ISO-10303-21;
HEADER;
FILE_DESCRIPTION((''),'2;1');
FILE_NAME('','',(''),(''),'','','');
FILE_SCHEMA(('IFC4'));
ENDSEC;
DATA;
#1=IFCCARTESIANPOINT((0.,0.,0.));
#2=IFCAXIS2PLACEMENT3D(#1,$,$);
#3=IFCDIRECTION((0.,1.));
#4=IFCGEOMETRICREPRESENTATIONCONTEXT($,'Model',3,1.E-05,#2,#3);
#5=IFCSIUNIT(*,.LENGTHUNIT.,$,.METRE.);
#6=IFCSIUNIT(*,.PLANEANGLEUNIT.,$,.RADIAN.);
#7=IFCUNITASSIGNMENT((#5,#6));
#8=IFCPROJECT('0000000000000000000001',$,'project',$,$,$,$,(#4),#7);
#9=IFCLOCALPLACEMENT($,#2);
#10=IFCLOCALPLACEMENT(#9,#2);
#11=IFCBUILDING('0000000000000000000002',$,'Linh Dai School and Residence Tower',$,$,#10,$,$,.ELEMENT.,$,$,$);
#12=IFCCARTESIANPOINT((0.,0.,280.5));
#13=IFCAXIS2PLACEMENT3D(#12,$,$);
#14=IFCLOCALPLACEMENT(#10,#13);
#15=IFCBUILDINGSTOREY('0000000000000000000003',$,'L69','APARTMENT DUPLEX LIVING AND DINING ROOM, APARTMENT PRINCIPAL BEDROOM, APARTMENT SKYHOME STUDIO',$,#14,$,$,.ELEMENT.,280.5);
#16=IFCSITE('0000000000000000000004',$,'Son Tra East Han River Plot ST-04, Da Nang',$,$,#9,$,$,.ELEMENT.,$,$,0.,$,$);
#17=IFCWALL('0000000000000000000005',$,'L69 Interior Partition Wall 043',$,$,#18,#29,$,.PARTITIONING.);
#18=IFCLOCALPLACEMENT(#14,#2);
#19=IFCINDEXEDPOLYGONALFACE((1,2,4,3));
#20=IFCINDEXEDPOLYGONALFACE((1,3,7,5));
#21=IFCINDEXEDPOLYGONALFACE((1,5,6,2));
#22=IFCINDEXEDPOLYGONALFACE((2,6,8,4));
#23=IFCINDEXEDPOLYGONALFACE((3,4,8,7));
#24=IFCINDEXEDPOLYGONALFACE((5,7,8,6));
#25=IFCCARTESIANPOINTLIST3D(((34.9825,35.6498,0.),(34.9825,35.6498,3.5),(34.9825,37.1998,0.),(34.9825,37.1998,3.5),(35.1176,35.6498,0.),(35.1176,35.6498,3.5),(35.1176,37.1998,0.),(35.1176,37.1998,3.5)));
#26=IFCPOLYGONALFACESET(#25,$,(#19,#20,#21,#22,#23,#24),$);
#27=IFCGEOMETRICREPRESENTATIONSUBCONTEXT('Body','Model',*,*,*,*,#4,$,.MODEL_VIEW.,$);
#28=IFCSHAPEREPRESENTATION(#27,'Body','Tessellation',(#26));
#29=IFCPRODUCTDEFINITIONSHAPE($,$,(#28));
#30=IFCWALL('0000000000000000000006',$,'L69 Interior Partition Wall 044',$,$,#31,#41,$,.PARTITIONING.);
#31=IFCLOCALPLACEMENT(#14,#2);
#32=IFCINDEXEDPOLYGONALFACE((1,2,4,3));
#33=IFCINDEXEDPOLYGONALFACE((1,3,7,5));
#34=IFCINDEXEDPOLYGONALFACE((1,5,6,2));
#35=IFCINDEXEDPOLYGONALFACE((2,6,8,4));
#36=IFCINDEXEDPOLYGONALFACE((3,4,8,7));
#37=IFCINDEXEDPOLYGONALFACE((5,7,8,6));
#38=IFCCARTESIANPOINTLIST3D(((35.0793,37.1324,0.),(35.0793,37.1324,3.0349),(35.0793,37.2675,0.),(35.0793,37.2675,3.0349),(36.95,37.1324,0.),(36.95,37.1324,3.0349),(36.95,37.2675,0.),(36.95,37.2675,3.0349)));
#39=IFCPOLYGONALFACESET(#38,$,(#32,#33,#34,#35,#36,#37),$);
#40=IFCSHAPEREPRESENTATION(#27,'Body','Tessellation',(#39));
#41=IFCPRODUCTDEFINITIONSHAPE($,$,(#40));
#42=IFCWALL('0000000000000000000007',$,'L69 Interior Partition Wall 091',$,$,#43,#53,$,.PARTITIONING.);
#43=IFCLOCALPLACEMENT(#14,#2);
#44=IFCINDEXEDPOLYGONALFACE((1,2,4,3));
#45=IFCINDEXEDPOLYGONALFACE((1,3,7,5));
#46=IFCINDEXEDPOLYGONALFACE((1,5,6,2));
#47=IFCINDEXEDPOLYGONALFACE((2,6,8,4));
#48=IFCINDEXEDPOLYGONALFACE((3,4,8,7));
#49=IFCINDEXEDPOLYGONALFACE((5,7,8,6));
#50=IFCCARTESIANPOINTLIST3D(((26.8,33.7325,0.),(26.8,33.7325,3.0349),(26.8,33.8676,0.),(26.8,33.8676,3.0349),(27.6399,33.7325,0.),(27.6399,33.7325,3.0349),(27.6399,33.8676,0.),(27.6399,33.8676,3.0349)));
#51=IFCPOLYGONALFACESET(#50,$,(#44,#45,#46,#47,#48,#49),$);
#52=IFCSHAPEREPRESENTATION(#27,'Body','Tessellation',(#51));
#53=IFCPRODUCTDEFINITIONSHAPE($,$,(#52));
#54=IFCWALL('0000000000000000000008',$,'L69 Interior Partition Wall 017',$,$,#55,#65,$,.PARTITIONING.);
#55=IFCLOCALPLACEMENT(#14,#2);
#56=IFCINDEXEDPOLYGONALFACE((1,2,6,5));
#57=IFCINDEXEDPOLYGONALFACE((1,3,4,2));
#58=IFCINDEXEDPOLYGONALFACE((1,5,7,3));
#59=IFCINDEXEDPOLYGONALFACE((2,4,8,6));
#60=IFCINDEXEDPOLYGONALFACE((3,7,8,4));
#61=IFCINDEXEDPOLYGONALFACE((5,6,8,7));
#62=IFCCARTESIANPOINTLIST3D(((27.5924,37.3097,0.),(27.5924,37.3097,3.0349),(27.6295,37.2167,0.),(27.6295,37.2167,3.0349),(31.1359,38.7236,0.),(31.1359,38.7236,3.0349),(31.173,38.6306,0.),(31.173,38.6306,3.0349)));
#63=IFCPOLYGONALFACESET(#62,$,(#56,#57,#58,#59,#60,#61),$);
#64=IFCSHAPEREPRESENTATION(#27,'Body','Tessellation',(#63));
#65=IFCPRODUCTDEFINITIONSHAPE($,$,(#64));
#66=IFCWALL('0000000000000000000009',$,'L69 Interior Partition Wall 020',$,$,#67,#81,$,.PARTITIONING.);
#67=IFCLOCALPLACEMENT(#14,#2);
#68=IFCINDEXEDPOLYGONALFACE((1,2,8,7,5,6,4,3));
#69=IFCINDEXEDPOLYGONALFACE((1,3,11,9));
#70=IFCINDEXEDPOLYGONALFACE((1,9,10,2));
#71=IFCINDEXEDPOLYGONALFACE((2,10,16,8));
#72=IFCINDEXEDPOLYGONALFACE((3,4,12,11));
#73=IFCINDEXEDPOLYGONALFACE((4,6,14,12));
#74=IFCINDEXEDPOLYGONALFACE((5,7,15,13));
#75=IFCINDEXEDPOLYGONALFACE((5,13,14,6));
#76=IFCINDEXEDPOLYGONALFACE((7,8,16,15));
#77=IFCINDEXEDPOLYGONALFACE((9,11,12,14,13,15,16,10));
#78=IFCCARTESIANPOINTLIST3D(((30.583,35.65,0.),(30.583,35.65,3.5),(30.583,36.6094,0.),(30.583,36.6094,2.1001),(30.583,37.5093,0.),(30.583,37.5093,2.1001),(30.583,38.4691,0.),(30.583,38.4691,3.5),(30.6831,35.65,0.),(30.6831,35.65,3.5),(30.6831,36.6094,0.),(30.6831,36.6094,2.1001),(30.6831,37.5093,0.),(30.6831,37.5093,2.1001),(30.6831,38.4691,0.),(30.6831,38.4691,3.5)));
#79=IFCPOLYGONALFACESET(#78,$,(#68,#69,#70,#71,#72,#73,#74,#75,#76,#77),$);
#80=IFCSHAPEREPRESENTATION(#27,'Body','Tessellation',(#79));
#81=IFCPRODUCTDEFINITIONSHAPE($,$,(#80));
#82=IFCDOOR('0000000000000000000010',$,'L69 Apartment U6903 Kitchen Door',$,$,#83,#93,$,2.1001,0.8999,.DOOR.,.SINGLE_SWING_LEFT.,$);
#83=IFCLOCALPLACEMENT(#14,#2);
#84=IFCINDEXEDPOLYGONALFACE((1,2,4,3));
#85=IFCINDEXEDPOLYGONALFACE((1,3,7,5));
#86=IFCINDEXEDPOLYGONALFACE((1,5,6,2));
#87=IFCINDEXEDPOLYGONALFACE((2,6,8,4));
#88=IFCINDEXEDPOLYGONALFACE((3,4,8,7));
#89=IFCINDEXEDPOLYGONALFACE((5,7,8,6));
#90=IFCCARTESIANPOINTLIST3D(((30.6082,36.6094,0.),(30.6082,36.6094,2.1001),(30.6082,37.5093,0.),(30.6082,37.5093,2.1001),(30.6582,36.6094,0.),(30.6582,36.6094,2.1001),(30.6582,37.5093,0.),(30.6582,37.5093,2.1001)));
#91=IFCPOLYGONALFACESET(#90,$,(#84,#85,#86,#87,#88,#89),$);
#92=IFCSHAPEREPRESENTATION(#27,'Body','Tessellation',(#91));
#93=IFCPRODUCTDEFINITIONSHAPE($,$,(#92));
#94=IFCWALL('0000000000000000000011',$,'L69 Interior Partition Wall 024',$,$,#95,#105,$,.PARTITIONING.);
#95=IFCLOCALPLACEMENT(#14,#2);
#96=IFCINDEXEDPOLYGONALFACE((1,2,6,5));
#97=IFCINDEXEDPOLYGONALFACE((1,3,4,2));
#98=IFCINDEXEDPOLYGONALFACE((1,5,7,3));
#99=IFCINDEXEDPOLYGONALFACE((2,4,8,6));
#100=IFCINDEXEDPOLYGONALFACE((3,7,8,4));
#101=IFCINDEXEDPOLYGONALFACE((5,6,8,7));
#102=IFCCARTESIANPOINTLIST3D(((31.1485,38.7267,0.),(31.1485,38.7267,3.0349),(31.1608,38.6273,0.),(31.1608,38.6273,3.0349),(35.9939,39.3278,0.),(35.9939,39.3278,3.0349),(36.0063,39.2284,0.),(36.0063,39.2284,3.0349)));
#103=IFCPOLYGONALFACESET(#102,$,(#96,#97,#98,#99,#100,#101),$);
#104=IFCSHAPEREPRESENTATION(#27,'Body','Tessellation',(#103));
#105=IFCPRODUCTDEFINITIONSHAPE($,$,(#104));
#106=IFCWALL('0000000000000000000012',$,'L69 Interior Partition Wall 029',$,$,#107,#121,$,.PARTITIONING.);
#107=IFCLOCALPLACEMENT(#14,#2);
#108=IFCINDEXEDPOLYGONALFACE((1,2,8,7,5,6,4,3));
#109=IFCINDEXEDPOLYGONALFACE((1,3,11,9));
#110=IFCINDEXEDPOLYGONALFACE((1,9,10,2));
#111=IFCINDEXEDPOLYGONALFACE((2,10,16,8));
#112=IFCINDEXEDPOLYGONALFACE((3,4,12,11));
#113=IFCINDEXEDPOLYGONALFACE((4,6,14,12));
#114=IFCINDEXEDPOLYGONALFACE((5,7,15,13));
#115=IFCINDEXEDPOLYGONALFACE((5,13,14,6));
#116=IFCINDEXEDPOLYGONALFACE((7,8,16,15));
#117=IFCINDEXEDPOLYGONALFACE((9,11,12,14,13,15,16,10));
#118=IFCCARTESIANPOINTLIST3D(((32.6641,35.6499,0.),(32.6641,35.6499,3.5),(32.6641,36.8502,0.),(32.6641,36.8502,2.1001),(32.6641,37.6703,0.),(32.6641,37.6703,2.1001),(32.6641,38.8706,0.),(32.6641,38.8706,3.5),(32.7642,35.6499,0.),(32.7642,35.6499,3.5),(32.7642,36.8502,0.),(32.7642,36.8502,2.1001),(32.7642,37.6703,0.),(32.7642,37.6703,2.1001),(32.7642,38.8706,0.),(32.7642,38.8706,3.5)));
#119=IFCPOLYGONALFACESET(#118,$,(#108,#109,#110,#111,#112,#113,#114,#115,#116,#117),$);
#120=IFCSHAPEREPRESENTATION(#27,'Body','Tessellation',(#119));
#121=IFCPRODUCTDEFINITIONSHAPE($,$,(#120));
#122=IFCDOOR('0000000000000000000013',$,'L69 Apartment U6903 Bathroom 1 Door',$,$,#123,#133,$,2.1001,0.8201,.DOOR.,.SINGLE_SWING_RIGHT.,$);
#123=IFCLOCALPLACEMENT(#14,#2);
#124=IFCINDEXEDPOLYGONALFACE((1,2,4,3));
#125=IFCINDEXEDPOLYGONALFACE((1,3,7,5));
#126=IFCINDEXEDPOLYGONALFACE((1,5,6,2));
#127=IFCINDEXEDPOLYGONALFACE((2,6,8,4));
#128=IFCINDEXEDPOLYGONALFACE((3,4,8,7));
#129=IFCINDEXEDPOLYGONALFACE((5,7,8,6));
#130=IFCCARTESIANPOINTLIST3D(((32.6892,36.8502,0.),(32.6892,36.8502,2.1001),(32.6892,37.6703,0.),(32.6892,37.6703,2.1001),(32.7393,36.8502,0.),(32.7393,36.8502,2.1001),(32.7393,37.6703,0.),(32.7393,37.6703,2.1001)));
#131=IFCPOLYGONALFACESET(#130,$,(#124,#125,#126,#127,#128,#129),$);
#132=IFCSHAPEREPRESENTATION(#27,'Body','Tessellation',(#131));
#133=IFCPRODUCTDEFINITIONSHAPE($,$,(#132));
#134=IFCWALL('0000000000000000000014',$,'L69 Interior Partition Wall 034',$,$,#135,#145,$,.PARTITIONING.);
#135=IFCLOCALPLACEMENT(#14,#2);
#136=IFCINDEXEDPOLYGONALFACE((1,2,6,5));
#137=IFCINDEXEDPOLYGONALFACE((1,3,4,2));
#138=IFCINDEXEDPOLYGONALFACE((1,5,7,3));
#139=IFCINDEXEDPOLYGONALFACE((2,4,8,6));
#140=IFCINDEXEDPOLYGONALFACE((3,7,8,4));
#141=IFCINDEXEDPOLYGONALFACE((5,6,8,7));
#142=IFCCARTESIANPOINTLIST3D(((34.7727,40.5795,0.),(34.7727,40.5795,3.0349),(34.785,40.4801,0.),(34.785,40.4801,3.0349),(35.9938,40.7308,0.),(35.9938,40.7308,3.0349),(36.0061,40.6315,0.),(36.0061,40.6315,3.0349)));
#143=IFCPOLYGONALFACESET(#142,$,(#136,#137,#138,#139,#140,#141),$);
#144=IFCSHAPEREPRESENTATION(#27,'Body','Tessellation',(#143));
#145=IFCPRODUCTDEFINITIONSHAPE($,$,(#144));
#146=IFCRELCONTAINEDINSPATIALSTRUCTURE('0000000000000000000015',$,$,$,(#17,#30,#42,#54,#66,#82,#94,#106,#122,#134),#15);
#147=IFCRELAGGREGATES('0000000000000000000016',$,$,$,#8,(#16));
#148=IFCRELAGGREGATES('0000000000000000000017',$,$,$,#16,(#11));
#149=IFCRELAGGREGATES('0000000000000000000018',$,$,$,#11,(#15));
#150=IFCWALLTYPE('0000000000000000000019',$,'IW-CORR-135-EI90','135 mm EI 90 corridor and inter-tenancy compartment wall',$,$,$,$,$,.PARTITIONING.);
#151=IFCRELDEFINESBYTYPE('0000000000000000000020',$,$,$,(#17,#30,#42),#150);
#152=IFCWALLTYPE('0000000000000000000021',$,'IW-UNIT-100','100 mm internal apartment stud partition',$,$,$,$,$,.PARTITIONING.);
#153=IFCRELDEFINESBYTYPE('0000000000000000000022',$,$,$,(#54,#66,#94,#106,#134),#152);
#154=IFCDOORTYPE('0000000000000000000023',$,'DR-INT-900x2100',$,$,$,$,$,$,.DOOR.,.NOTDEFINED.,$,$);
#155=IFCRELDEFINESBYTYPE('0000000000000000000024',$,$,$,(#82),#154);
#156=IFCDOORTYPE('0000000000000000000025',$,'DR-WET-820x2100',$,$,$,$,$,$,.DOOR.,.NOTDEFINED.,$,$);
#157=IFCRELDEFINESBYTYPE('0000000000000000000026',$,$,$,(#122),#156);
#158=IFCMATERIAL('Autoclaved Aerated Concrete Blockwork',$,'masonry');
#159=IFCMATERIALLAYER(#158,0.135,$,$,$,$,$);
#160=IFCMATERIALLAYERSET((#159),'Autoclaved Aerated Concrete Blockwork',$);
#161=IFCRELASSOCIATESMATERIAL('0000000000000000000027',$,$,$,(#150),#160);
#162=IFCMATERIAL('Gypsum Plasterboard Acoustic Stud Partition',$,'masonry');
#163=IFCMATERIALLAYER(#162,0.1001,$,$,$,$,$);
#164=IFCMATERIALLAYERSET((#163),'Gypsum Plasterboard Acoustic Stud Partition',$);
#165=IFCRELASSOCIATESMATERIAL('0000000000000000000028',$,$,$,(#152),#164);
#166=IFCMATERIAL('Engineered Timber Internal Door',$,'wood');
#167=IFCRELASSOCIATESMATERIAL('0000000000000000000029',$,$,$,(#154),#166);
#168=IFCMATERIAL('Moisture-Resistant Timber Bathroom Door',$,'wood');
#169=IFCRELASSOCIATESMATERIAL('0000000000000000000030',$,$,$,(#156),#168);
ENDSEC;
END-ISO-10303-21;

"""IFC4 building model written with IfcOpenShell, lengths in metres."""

from ifc_helpers import new_model, si_unit, direction, frame, frame_2d, origin, origin_2d, place, context, subcontext, project, spatial, rectangle, extrude, source, transform, mapped, material, layer, layer_set, type_object, element, fill, save


model = new_model("IFC4")

# Units and contexts
model_context = context("Model", 3, precision=1e-05, world=origin(), true_north=direction((0.0, 1.0)))
body_context = subcontext(model_context, "Body", "Model", "MODEL_VIEW")
ifc_project = project(units=[si_unit("LENGTHUNIT", "METRE"), si_unit("PLANEANGLEUNIT", "RADIAN")], contexts=[model_context])

# Site, building, storey
site_placement = place(None, origin())
site = spatial("IfcSite", under=ifc_project, at=site_placement, Name="Son Tra East Han River Plot ST-04, Da Nang", CompositionType="ELEMENT", RefElevation=0.0)
building_placement = place(site_placement, origin())
building = spatial("IfcBuilding", under=site, at=building_placement, Name="Linh Dai School and Residence Tower", CompositionType="ELEMENT")
storey_placement = place(building_placement, frame((0.0, 0.0, 280.5)))
storey = spatial("IfcBuildingStorey", under=building, at=storey_placement, Name="L69", Description="APARTMENT DUPLEX LIVING AND DINING ROOM, APARTMENT PRINCIPAL BEDROOM, APARTMENT SKYHOME STUDIO", CompositionType="ELEMENT", Elevation=280.5)

# Walls
ifc_material_1 = material(Name="Autoclaved Aerated Concrete Blockwork", Category="masonry")
ifc_layer_1 = layer(ifc_material_1, 0.135)
ifc_layer_set_1 = layer_set([ifc_layer_1], Name="Autoclaved Aerated Concrete Blockwork")
wall_type_1 = type_object("IfcWallType", Name="IW-CORR-135-EI90", Description="135 mm EI 90 corridor and inter-tenancy compartment wall", PredefinedType="PARTITIONING", material=ifc_layer_set_1)
wall_1_placement = place(storey_placement, frame((35.05, 35.6499, 0.0), z_axis=(0.0, 0.0, 1.0), x_axis=(0.0, 1.0, 0.0)))
element("IfcWall", 1, at=wall_1_placement, inside=storey, type_object=wall_type_1, Name="L69 Interior Partition Wall 043", PredefinedType="PARTITIONING", context=body_context, shape_type="SweptSolid", body=[
    extrude(rectangle(XDim=1.55, YDim=0.135, at=frame_2d((0.7749, 0.0))), origin(), (0.0, 0.0, 1.0), 3.5),
])
wall_2_placement = place(storey_placement, frame((35.0793, 37.2, 0.0), z_axis=(0.0, 0.0, 1.0), x_axis=(1.0, 0.0, 0.0)))
element("IfcWall", 2, at=wall_2_placement, inside=storey, type_object=wall_type_1, Name="L69 Interior Partition Wall 044", PredefinedType="PARTITIONING", context=body_context, shape_type="SweptSolid", body=[
    extrude(rectangle(XDim=1.8706, YDim=0.135, at=frame_2d((0.9353, 0.0))), origin(), (0.0, 0.0, 1.0), 3.0349),
])
wall_3_placement = place(storey_placement, frame((27.6399, 33.8, 0.0), z_axis=(0.0, 0.0, 1.0), x_axis=(-1.0, 0.0, 0.0)))
element("IfcWall", 3, at=wall_3_placement, inside=storey, type_object=wall_type_1, Name="L69 Interior Partition Wall 091", PredefinedType="PARTITIONING", context=body_context, shape_type="SweptSolid", body=[
    extrude(rectangle(XDim=0.8398, YDim=0.135, at=frame_2d((0.4199, 0.0))), origin(), (0.0, 0.0, 1.0), 3.0349),
])
ifc_material_2 = material(Name="Gypsum Plasterboard Acoustic Stud Partition", Category="masonry")
ifc_layer_2 = layer(ifc_material_2, 0.1001)
ifc_layer_set_2 = layer_set([ifc_layer_2], Name="Gypsum Plasterboard Acoustic Stud Partition")
wall_type_2 = type_object("IfcWallType", Name="IW-UNIT-100", Description="100 mm internal apartment stud partition", PredefinedType="PARTITIONING", material=ifc_layer_set_2)
wall_4_placement = place(storey_placement, frame((27.6108, 37.2632, 0.0), z_axis=(0.0, 0.0, 1.0), x_axis=(0.928799, 0.370585, 0.0)))
element("IfcWall", 4, at=wall_4_placement, inside=storey, type_object=wall_type_2, Name="L69 Interior Partition Wall 017", PredefinedType="PARTITIONING", context=body_context, shape_type="SweptSolid", body=[
    extrude(rectangle(XDim=3.8152, YDim=0.1001, at=frame_2d((1.9077, 0.0))), origin(), (0.0, 0.0, 1.0), 3.0349),
])

# Wall, opening, door
wall_5_placement = place(storey_placement, frame((30.6331, 35.6499, 0.0), z_axis=(0.0, 0.0, 1.0), x_axis=(0.0, 1.0, 0.0)))
wall_5 = element("IfcWall", 5, at=wall_5_placement, inside=storey, type_object=wall_type_2, Name="L69 Interior Partition Wall 020", PredefinedType="PARTITIONING", context=body_context, shape_type="SweptSolid", body=[
    extrude(rectangle(XDim=2.8191, YDim=0.1001, at=frame_2d((1.4097, 0.0))), origin(), (0.0, 0.0, 1.0), 3.5),
])
opening_1_placement = place(wall_5_placement, frame((0.9595, 0.0, 0.0)))
opening_1 = element("IfcOpeningElement", 6, at=opening_1_placement, cuts=wall_5, PredefinedType="OPENING", context=body_context, shape_type="SweptSolid", body=[
    extrude(rectangle(XDim=0.8999, YDim=2.1001, at=origin_2d()), frame((0.45, 0.0601, 1.05), z_axis=(0.0, -1.0, 0.0), x_axis=(1.0, 0.0, 0.0)), (0.0, 0.0, 1.0), 0.1201),
])
ifc_material_3 = material(Name="Engineered Timber Internal Door", Category="wood")
door_type_1 = type_object("IfcDoorType", Name="DR-INT-900x2100", OperationType="NOTDEFINED", PredefinedType="DOOR", material=ifc_material_3)
shared_shape_1 = source(origin(), body_context, "Body", "SweptSolid", [
    extrude(rectangle(XDim=0.8999, YDim=2.1001, at=origin_2d()), frame((0.45, 0.0249, 1.05), z_axis=(0.0, -1.0, 0.0), x_axis=(1.0, 0.0, 0.0)), (0.0, 0.0, 1.0), 0.05),
])
door_1_placement = place(opening_1_placement, origin())
door_1 = element("IfcDoor", 7, at=door_1_placement, inside=storey, type_object=door_type_1, Name="L69 Apartment U6903 Kitchen Door", OperationType="SINGLE_SWING_LEFT", OverallHeight=2.1001, OverallWidth=0.8999, PredefinedType="DOOR", context=body_context, shape_type="MappedRepresentation", body=[
    mapped(shared_shape_1, transform((0.0, 0.0, 0.0), x_axis=(1.0, 0.0, 0.0), y_axis=(0.0, 1.0, 0.0), z_axis=(0.0, 0.0, 1.0), scale=1.0)),
])
fill(opening_1, door_1)

# Wall
wall_6_placement = place(storey_placement, frame((31.1545, 38.677, 0.0), z_axis=(0.0, 0.0, 1.0), x_axis=(0.992394, 0.123105, 0.0)))
element("IfcWall", 8, at=wall_6_placement, inside=storey, type_object=wall_type_2, Name="L69 Interior Partition Wall 024", PredefinedType="PARTITIONING", context=body_context, shape_type="SweptSolid", body=[
    extrude(rectangle(XDim=4.8826, YDim=0.1001, at=frame_2d((2.4414, 0.0))), origin(), (0.0, 0.0, 1.0), 3.0349),
])

# Wall, opening, door
wall_7_placement = place(storey_placement, frame((32.7141, 35.6499, 0.0), z_axis=(0.0, 0.0, 1.0), x_axis=(0.0, 1.0, 0.0)))
wall_7 = element("IfcWall", 9, at=wall_7_placement, inside=storey, type_object=wall_type_2, Name="L69 Interior Partition Wall 029", PredefinedType="PARTITIONING", context=body_context, shape_type="SweptSolid", body=[
    extrude(rectangle(XDim=3.2207, YDim=0.1001, at=frame_2d((1.6104, 0.0))), origin(), (0.0, 0.0, 1.0), 3.5),
])
opening_2_placement = place(wall_7_placement, frame((1.2002, 0.0, 0.0)))
opening_2 = element("IfcOpeningElement", 10, at=opening_2_placement, cuts=wall_7, PredefinedType="OPENING", context=body_context, shape_type="SweptSolid", body=[
    extrude(rectangle(XDim=0.8201, YDim=2.1001, at=origin_2d()), frame((0.4102, 0.0601, 1.05), z_axis=(0.0, -1.0, 0.0), x_axis=(1.0, 0.0, 0.0)), (0.0, 0.0, 1.0), 0.1201),
])
ifc_material_4 = material(Name="Moisture-Resistant Timber Bathroom Door", Category="wood")
door_type_2 = type_object("IfcDoorType", Name="DR-WET-820x2100", OperationType="NOTDEFINED", PredefinedType="DOOR", material=ifc_material_4)
shared_shape_2 = source(origin(), body_context, "Body", "SweptSolid", [
    extrude(rectangle(XDim=0.8201, YDim=2.1001, at=origin_2d()), frame((0.4102, 0.0249, 1.05), z_axis=(0.0, -1.0, 0.0), x_axis=(1.0, 0.0, 0.0)), (0.0, 0.0, 1.0), 0.05),
])
door_2_placement = place(opening_2_placement, origin())
door_2 = element("IfcDoor", 11, at=door_2_placement, inside=storey, type_object=door_type_2, Name="L69 Apartment U6903 Bathroom 1 Door", OperationType="SINGLE_SWING_RIGHT", OverallHeight=2.1001, OverallWidth=0.8201, PredefinedType="DOOR", context=body_context, shape_type="MappedRepresentation", body=[
    mapped(shared_shape_2, transform((0.0, 0.0, 0.0), x_axis=(1.0, 0.0, 0.0), y_axis=(0.0, 1.0, 0.0), z_axis=(0.0, 0.0, 1.0), scale=1.0)),
])
fill(opening_2, door_2)

# Wall
wall_8_placement = place(storey_placement, frame((34.7788, 40.5298, 0.0), z_axis=(0.0, 0.0, 1.0), x_axis=(0.992406, 0.123009, 0.0)))
element("IfcWall", 12, at=wall_8_placement, inside=storey, type_object=wall_type_2, Name="L69 Interior Partition Wall 034", PredefinedType="PARTITIONING", context=body_context, shape_type="SweptSolid", body=[
    extrude(rectangle(XDim=1.2305, YDim=0.1001, at=frame_2d((0.6152, 0.0))), origin(), (0.0, 0.0, 1.0), 3.0349),
])

save(model, "model.ifc")
